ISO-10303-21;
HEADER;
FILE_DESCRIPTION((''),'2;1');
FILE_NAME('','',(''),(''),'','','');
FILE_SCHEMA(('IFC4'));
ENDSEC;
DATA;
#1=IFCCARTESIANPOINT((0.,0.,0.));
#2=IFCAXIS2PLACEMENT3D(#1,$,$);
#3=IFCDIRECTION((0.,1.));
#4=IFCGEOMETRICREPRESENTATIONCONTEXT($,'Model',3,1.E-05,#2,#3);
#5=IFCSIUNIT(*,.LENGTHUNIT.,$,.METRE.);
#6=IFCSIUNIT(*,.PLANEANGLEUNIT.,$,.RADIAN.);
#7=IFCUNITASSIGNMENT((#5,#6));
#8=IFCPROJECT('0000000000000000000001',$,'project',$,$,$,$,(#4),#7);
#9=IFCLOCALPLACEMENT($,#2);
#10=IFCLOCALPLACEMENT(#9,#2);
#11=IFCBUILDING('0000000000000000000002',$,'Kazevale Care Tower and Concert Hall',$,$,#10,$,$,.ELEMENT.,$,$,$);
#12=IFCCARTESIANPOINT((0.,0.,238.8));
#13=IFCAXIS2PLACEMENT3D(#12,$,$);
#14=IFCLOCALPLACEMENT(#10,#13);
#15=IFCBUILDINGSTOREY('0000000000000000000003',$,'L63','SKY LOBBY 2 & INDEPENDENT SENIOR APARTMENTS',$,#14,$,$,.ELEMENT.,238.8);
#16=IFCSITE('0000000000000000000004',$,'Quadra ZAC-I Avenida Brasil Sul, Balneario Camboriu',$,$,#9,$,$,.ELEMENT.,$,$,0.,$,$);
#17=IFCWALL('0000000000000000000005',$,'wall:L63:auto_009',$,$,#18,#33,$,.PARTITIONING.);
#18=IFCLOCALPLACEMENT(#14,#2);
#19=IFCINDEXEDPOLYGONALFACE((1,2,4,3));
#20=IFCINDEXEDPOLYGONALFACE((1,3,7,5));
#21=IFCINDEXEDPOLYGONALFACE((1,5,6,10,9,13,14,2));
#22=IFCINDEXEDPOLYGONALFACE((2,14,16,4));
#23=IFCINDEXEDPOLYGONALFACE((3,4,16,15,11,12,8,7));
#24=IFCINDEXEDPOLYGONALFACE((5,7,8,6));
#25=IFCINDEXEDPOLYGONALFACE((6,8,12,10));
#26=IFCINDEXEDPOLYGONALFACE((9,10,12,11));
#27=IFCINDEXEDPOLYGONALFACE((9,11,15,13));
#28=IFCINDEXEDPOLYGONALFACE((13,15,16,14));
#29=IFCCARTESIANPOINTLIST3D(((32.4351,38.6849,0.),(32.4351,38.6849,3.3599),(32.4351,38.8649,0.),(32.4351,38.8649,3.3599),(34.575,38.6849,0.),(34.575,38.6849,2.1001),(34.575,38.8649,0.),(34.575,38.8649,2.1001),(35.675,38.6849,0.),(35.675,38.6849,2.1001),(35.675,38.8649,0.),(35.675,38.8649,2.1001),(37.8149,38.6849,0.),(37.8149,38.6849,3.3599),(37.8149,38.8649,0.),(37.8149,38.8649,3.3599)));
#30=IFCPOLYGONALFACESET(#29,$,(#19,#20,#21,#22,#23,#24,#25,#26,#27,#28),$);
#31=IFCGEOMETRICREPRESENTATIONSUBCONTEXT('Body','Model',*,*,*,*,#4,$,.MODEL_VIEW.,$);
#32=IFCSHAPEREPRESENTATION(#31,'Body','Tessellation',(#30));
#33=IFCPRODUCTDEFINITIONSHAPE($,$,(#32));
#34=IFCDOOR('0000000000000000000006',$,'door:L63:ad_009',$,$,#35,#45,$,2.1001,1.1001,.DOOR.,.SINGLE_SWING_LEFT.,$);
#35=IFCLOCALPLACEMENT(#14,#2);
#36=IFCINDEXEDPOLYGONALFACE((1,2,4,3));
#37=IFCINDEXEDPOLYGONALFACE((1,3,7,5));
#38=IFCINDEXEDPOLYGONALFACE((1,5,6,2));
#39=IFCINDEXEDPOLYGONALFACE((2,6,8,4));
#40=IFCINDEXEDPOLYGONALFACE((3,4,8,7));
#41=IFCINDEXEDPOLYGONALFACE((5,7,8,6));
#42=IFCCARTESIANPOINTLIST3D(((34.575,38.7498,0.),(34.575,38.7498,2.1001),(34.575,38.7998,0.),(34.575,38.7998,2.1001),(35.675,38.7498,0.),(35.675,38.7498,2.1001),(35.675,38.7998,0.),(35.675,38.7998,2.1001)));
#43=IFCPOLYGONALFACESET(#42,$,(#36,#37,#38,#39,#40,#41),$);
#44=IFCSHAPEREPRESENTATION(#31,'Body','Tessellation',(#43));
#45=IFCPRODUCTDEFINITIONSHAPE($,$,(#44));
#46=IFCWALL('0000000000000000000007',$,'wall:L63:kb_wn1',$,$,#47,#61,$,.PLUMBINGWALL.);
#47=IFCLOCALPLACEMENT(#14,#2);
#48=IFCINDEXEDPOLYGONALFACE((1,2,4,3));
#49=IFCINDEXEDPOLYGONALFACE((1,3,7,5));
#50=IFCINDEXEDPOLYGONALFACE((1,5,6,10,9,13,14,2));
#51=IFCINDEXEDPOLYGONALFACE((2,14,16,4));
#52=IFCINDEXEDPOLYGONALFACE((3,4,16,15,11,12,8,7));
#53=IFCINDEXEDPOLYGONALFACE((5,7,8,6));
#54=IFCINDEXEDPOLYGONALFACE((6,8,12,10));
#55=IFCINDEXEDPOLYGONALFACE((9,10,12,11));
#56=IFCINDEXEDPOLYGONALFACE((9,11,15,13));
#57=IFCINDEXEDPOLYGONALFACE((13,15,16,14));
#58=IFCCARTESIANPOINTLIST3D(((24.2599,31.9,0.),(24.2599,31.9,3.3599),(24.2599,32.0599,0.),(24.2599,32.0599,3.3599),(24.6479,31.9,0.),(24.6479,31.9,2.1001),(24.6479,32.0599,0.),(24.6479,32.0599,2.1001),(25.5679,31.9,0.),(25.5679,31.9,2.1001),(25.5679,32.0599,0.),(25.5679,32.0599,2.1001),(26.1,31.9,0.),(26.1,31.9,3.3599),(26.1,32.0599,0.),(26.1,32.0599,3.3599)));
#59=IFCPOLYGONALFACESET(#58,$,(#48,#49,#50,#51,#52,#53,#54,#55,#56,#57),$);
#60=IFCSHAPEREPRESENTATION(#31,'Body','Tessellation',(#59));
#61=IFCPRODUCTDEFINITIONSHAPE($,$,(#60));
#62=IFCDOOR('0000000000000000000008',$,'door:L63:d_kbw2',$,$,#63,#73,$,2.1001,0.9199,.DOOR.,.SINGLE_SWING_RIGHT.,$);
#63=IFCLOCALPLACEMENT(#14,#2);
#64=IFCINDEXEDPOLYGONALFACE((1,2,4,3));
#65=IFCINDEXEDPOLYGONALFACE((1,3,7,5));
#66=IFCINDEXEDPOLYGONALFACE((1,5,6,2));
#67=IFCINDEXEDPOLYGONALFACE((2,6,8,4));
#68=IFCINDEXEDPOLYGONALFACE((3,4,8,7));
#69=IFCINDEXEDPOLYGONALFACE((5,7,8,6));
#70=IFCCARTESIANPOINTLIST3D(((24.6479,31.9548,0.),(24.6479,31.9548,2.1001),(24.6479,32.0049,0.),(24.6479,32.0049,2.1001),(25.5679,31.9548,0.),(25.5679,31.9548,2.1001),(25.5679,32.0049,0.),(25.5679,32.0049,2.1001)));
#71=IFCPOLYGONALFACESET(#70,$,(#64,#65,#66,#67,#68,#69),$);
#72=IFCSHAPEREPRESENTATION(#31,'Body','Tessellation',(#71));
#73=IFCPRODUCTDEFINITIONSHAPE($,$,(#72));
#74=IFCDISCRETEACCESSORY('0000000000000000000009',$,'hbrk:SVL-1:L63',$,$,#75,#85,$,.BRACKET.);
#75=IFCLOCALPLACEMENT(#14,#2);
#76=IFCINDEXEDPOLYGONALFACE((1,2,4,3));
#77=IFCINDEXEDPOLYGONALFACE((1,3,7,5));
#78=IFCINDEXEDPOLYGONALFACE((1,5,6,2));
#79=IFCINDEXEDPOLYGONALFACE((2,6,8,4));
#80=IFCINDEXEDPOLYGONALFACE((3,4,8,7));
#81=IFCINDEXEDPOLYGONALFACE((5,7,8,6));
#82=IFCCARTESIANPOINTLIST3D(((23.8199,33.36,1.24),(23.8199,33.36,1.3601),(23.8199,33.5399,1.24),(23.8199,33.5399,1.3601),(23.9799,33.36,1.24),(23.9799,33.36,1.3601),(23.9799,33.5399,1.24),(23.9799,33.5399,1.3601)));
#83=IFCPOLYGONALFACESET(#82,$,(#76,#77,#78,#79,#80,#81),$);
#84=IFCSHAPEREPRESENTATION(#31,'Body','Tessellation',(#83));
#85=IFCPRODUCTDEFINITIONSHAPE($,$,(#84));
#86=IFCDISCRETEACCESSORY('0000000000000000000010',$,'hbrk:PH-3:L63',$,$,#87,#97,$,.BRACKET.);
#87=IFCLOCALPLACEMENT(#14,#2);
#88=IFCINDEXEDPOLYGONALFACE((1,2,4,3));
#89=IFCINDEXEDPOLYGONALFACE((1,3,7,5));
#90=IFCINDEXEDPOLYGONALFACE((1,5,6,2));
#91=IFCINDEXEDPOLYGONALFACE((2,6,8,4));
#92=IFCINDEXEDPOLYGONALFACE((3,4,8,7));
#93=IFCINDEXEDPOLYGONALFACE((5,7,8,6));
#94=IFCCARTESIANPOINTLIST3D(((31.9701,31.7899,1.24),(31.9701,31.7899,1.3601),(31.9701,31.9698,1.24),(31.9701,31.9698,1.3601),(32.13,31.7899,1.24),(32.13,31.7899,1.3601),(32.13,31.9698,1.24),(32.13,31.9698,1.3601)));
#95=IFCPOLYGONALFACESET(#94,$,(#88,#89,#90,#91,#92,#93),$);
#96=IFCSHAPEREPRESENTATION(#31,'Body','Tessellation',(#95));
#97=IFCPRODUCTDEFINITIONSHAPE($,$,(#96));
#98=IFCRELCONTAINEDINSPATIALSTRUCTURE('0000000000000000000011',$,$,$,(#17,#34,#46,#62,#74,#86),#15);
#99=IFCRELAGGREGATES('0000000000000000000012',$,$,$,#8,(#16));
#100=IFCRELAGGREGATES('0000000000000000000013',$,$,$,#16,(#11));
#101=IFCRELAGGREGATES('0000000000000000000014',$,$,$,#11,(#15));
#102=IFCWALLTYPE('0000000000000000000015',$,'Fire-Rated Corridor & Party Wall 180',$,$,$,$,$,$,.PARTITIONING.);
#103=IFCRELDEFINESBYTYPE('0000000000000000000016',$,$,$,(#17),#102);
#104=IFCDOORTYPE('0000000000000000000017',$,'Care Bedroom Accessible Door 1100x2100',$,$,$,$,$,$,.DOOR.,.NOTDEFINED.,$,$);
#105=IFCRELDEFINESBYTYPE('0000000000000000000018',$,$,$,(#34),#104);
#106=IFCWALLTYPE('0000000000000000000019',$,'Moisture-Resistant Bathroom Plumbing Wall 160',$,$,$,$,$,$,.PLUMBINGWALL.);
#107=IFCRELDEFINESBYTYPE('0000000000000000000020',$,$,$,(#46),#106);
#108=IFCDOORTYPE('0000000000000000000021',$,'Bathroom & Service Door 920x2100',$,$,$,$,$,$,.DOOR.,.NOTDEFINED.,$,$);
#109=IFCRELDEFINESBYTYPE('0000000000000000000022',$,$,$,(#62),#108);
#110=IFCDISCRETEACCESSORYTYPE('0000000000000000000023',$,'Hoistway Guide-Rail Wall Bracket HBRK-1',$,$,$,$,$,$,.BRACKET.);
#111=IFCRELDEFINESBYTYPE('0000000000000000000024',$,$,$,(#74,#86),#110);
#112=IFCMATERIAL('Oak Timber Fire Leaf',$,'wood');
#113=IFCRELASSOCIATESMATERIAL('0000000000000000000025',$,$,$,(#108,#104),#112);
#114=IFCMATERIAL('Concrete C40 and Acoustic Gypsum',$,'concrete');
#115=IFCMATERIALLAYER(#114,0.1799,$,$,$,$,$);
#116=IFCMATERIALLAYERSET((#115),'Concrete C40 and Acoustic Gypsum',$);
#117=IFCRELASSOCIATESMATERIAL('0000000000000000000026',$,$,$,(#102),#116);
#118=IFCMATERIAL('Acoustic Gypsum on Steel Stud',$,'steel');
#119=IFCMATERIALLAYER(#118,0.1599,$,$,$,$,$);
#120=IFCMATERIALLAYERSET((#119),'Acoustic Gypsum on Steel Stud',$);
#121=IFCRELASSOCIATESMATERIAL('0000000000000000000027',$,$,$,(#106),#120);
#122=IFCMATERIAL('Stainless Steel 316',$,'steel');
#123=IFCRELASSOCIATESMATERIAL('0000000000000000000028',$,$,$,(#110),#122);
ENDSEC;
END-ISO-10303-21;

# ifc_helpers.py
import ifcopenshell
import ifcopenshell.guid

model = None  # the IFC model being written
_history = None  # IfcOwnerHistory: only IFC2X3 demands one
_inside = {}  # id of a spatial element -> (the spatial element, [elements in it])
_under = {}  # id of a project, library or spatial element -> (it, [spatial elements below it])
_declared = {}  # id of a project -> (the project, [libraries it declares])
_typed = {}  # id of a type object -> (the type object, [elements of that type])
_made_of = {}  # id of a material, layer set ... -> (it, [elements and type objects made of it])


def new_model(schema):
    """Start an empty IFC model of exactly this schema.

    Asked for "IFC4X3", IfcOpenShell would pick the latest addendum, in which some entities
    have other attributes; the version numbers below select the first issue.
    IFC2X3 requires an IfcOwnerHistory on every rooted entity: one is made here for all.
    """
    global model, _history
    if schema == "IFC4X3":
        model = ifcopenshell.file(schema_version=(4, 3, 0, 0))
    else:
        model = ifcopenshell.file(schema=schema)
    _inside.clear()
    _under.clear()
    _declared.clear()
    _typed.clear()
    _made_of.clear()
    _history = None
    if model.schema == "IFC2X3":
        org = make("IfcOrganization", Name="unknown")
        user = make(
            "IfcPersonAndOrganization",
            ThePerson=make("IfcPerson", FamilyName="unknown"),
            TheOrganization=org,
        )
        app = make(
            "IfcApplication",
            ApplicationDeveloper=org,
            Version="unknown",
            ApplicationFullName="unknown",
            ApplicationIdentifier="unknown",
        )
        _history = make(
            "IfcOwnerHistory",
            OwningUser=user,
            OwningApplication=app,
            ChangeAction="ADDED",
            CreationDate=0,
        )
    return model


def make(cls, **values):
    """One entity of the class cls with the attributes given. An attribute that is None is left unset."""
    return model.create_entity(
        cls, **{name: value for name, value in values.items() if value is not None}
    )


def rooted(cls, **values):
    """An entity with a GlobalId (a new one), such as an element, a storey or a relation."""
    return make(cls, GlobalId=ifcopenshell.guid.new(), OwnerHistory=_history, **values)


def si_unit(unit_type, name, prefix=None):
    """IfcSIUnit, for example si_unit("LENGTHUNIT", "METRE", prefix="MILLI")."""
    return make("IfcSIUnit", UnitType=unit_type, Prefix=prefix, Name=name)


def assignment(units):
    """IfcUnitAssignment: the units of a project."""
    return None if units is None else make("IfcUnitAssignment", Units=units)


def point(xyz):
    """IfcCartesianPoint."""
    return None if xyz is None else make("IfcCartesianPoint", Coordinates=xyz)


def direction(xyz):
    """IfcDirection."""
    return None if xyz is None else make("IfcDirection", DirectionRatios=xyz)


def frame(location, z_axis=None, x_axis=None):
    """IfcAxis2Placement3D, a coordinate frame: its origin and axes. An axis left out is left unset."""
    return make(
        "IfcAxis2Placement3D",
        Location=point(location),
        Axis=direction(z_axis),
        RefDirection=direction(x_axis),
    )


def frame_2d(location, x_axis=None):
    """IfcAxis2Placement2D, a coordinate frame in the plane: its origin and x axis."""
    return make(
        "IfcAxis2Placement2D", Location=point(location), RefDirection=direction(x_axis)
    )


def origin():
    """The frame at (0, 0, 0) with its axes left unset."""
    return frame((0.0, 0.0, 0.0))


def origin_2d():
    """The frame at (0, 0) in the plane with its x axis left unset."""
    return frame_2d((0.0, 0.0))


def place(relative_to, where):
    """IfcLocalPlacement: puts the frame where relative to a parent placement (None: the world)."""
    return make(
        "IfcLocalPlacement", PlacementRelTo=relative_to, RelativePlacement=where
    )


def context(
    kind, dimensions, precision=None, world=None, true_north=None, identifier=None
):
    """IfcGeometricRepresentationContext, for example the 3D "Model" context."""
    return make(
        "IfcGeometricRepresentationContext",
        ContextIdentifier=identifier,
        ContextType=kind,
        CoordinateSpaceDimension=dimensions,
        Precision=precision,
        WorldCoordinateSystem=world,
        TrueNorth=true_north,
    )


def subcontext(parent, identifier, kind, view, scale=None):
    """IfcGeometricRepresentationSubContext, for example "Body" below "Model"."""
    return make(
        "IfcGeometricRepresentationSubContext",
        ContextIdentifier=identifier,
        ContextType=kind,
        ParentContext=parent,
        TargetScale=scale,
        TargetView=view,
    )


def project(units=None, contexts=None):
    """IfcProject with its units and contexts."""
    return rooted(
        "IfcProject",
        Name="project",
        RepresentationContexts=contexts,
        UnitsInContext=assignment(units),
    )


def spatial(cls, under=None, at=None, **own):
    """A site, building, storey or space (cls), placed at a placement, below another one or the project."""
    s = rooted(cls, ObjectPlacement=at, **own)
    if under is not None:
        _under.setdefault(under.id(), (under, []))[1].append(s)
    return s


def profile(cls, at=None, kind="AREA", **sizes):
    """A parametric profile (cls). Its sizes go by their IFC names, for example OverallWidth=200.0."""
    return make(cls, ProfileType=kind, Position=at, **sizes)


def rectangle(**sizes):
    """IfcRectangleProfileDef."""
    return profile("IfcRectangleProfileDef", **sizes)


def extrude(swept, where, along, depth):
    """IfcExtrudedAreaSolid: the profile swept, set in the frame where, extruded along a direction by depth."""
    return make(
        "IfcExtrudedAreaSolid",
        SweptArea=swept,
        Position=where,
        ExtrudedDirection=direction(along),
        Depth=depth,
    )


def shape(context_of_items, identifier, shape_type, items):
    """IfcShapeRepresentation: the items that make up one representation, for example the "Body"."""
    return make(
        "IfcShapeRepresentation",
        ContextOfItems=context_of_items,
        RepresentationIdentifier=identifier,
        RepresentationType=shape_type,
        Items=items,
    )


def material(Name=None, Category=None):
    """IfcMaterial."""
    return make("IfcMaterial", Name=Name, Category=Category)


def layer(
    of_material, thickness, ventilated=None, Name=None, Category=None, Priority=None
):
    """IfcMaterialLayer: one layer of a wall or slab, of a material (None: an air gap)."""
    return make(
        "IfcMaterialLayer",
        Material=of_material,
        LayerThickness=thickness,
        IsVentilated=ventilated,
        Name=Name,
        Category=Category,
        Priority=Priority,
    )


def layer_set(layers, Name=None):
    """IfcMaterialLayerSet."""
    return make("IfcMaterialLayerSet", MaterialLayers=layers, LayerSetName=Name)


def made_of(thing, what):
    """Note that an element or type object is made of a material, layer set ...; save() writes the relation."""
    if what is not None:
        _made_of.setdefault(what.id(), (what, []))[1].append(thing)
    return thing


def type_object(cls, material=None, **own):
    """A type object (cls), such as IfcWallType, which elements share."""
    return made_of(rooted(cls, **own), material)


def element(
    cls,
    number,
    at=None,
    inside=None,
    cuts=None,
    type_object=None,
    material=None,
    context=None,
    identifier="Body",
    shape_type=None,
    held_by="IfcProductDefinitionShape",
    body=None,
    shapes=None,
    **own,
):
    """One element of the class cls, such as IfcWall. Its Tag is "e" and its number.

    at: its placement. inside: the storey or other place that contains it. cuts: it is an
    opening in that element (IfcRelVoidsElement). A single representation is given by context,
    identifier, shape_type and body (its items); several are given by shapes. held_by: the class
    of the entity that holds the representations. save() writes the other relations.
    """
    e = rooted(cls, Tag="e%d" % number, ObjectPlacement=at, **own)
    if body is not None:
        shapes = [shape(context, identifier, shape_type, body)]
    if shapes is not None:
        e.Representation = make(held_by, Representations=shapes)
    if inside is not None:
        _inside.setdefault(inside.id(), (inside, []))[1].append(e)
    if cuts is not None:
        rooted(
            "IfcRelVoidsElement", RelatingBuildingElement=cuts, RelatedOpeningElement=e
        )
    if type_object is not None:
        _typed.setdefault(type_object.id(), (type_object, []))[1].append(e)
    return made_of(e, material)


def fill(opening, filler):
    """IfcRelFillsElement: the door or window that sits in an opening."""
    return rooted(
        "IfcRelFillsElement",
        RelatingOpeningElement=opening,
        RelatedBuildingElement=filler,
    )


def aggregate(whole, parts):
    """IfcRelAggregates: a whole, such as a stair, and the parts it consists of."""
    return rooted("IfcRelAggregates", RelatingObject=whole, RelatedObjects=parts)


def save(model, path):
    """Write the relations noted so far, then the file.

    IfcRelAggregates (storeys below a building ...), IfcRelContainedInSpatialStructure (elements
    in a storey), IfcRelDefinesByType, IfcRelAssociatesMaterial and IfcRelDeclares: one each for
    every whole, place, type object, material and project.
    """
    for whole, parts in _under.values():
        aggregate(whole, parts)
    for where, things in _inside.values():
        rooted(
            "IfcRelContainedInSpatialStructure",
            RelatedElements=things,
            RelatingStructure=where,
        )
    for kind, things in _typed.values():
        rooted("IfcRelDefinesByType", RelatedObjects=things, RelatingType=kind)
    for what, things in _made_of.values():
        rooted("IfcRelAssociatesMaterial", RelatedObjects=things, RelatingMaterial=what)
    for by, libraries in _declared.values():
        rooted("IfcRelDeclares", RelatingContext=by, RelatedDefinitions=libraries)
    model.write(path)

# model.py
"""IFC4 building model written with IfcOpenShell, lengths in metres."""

from ifc_helpers import new_model, si_unit, direction, frame, frame_2d, origin, origin_2d, place, context, subcontext, project, spatial, rectangle, extrude, material, layer, layer_set, type_object, element, fill, save


model = new_model("IFC4")

# Units and contexts
model_context = context("Model", 3, precision=1e-05, world=origin(), true_north=direction((0.0, 1.0)))
body_context = subcontext(model_context, "Body", "Model", "MODEL_VIEW")
ifc_project = project(units=[si_unit("LENGTHUNIT", "METRE"), si_unit("PLANEANGLEUNIT", "RADIAN")], contexts=[model_context])

# Site, building, storey
site_placement = place(None, origin())
site = spatial("IfcSite", under=ifc_project, at=site_placement, Name="Quadra ZAC-I Avenida Brasil Sul, Balneario Camboriu", CompositionType="ELEMENT", RefElevation=0.0)
building_placement = place(site_placement, origin())
building = spatial("IfcBuilding", under=site, at=building_placement, Name="Kazevale Care Tower and Concert Hall", CompositionType="ELEMENT")
storey_placement = place(building_placement, frame((0.0, 0.0, 238.8)))
storey = spatial("IfcBuildingStorey", under=building, at=storey_placement, Name="L63", Description="SKY LOBBY 2 & INDEPENDENT SENIOR APARTMENTS", CompositionType="ELEMENT", Elevation=238.8)

# Shared definitions
ifc_material_1 = material(Name="Acoustic Gypsum on Steel Stud", Category="steel")
ifc_material_2 = material(Name="Oak Timber Fire Leaf", Category="wood")
door_type_1 = type_object("IfcDoorType", Name="Bathroom & Service Door 920x2100", OperationType="NOTDEFINED", PredefinedType="DOOR", material=ifc_material_2)

# Shared definitions
ifc_material_3 = material(Name="Stainless Steel 316", Category="steel")

# Shared definitions
ifc_material_4 = material(Name="Concrete C40 and Acoustic Gypsum", Category="concrete")
ifc_layer_1 = layer(ifc_material_4, 0.1799)
ifc_layer_set_1 = layer_set([ifc_layer_1], Name="Concrete C40 and Acoustic Gypsum")
wall_type_1 = type_object("IfcWallType", Name="Fire-Rated Corridor & Party Wall 180", PredefinedType="PARTITIONING", material=ifc_layer_set_1)
door_type_2 = type_object("IfcDoorType", Name="Care Bedroom Accessible Door 1100x2100", OperationType="NOTDEFINED", PredefinedType="DOOR", material=ifc_material_2)

# Walls, openings, doors
wall_1_placement = place(storey_placement, frame((32.4351, 38.7749, 0.0), z_axis=(0.0, 0.0, 1.0), x_axis=(1.0, 0.0, 0.0)))
wall_1 = element("IfcWall", 1, at=wall_1_placement, inside=storey, type_object=wall_type_1, Name="wall:L63:auto_009", PredefinedType="PARTITIONING", context=body_context, shape_type="SweptSolid", body=[
    extrude(rectangle(XDim=5.3799, YDim=0.1799, at=frame_2d((2.6899, 0.0))), origin(), (0.0, 0.0, 1.0), 3.3599),
])
opening_1_placement = place(wall_1_placement, frame((2.1399, 0.0, 0.0)))
opening_1 = element("IfcOpeningElement", 2, at=opening_1_placement, cuts=wall_1, PredefinedType="OPENING", context=body_context, shape_type="SweptSolid", body=[
    extrude(rectangle(XDim=1.1001, YDim=2.1001, at=frame_2d((0.55, 1.05))), frame((0.0, 0.0999, 0.0), z_axis=(0.0, -1.0, 0.0), x_axis=(1.0, 0.0, 0.0)), (0.0, 0.0, 1.0), 0.2),
])
door_1_placement = place(opening_1_placement, origin())
door_1 = element("IfcDoor", 3, at=door_1_placement, inside=storey, type_object=door_type_2, Name="door:L63:ad_009", OperationType="SINGLE_SWING_LEFT", OverallHeight=2.1001, OverallWidth=1.1001, PredefinedType="DOOR", context=body_context, shape_type="SweptSolid", body=[
    extrude(rectangle(XDim=1.1001, YDim=2.1001, at=frame_2d((0.55, 1.05))), frame((0.0, 0.0249, 0.0), z_axis=(0.0, -1.0, 0.0), x_axis=(1.0, 0.0, 0.0)), (0.0, 0.0, 1.0), 0.05),
])
fill(opening_1, door_1)
ifc_layer_2 = layer(ifc_material_1, 0.1599)
ifc_layer_set_2 = layer_set([ifc_layer_2], Name="Acoustic Gypsum on Steel Stud")
wall_type_2 = type_object("IfcWallType", Name="Moisture-Resistant Bathroom Plumbing Wall 160", PredefinedType="PLUMBINGWALL", material=ifc_layer_set_2)
wall_2_placement = place(storey_placement, frame((24.26, 31.98, 0.0), z_axis=(0.0, 0.0, 1.0), x_axis=(1.0, 0.0, 0.0)))
wall_2 = element("IfcWall", 4, at=wall_2_placement, inside=storey, type_object=wall_type_2, Name="wall:L63:kb_wn1", PredefinedType="PLUMBINGWALL", context=body_context, shape_type="SweptSolid", body=[
    extrude(rectangle(XDim=1.8401, YDim=0.1599, at=frame_2d((0.9199, 0.0))), origin(), (0.0, 0.0, 1.0), 3.3599),
])
opening_2_placement = place(wall_2_placement, frame((0.3879, 0.0, 0.0)))
opening_2 = element("IfcOpeningElement", 5, at=opening_2_placement, cuts=wall_2, PredefinedType="OPENING", context=body_context, shape_type="SweptSolid", body=[
    extrude(rectangle(XDim=0.9199, YDim=2.1001, at=frame_2d((0.46, 1.05))), frame((0.0, 0.0898, 0.0), z_axis=(0.0, -1.0, 0.0), x_axis=(1.0, 0.0, 0.0)), (0.0, 0.0, 1.0), 0.1799),
])
door_2_placement = place(opening_2_placement, origin())
door_2 = element("IfcDoor", 6, at=door_2_placement, inside=storey, type_object=door_type_1, Name="door:L63:d_kbw2", OperationType="SINGLE_SWING_RIGHT", OverallHeight=2.1001, OverallWidth=0.9199, PredefinedType="DOOR", context=body_context, shape_type="SweptSolid", body=[
    extrude(rectangle(XDim=0.9199, YDim=2.1001, at=frame_2d((0.46, 1.05))), frame((0.0, 0.0249, 0.0), z_axis=(0.0, -1.0, 0.0), x_axis=(1.0, 0.0, 0.0)), (0.0, 0.0, 1.0), 0.05),
])
fill(opening_2, door_2)

# Discrete accessories
discrete_accessory_type = type_object("IfcDiscreteAccessoryType", Name="Hoistway Guide-Rail Wall Bracket HBRK-1", PredefinedType="BRACKET", material=ifc_material_3)
for number, where, z_axis, x_axis, name in (
    (7, (23.8999, 33.45, 1.24), (0.0, 0.0, 1.0), (1.0, 0.0, 0.0), "hbrk:SVL-1:L63"),
    (8, (32.05, 31.8799, 1.24), (0.0, 0.0, 1.0), (1.0, 0.0, 0.0), "hbrk:PH-3:L63"),
):
    element("IfcDiscreteAccessory", number, at=place(storey_placement, frame(where, z_axis=z_axis, x_axis=x_axis)), inside=storey, type_object=discrete_accessory_type, Name=name, PredefinedType="BRACKET", context=body_context, shape_type="SweptSolid", body=[
        extrude(rectangle(XDim=0.1599, YDim=0.1799, at=origin_2d()), origin(), (0.0, 0.0, 1.0), 0.1201),
    ])

save(model, "model.ifc")
